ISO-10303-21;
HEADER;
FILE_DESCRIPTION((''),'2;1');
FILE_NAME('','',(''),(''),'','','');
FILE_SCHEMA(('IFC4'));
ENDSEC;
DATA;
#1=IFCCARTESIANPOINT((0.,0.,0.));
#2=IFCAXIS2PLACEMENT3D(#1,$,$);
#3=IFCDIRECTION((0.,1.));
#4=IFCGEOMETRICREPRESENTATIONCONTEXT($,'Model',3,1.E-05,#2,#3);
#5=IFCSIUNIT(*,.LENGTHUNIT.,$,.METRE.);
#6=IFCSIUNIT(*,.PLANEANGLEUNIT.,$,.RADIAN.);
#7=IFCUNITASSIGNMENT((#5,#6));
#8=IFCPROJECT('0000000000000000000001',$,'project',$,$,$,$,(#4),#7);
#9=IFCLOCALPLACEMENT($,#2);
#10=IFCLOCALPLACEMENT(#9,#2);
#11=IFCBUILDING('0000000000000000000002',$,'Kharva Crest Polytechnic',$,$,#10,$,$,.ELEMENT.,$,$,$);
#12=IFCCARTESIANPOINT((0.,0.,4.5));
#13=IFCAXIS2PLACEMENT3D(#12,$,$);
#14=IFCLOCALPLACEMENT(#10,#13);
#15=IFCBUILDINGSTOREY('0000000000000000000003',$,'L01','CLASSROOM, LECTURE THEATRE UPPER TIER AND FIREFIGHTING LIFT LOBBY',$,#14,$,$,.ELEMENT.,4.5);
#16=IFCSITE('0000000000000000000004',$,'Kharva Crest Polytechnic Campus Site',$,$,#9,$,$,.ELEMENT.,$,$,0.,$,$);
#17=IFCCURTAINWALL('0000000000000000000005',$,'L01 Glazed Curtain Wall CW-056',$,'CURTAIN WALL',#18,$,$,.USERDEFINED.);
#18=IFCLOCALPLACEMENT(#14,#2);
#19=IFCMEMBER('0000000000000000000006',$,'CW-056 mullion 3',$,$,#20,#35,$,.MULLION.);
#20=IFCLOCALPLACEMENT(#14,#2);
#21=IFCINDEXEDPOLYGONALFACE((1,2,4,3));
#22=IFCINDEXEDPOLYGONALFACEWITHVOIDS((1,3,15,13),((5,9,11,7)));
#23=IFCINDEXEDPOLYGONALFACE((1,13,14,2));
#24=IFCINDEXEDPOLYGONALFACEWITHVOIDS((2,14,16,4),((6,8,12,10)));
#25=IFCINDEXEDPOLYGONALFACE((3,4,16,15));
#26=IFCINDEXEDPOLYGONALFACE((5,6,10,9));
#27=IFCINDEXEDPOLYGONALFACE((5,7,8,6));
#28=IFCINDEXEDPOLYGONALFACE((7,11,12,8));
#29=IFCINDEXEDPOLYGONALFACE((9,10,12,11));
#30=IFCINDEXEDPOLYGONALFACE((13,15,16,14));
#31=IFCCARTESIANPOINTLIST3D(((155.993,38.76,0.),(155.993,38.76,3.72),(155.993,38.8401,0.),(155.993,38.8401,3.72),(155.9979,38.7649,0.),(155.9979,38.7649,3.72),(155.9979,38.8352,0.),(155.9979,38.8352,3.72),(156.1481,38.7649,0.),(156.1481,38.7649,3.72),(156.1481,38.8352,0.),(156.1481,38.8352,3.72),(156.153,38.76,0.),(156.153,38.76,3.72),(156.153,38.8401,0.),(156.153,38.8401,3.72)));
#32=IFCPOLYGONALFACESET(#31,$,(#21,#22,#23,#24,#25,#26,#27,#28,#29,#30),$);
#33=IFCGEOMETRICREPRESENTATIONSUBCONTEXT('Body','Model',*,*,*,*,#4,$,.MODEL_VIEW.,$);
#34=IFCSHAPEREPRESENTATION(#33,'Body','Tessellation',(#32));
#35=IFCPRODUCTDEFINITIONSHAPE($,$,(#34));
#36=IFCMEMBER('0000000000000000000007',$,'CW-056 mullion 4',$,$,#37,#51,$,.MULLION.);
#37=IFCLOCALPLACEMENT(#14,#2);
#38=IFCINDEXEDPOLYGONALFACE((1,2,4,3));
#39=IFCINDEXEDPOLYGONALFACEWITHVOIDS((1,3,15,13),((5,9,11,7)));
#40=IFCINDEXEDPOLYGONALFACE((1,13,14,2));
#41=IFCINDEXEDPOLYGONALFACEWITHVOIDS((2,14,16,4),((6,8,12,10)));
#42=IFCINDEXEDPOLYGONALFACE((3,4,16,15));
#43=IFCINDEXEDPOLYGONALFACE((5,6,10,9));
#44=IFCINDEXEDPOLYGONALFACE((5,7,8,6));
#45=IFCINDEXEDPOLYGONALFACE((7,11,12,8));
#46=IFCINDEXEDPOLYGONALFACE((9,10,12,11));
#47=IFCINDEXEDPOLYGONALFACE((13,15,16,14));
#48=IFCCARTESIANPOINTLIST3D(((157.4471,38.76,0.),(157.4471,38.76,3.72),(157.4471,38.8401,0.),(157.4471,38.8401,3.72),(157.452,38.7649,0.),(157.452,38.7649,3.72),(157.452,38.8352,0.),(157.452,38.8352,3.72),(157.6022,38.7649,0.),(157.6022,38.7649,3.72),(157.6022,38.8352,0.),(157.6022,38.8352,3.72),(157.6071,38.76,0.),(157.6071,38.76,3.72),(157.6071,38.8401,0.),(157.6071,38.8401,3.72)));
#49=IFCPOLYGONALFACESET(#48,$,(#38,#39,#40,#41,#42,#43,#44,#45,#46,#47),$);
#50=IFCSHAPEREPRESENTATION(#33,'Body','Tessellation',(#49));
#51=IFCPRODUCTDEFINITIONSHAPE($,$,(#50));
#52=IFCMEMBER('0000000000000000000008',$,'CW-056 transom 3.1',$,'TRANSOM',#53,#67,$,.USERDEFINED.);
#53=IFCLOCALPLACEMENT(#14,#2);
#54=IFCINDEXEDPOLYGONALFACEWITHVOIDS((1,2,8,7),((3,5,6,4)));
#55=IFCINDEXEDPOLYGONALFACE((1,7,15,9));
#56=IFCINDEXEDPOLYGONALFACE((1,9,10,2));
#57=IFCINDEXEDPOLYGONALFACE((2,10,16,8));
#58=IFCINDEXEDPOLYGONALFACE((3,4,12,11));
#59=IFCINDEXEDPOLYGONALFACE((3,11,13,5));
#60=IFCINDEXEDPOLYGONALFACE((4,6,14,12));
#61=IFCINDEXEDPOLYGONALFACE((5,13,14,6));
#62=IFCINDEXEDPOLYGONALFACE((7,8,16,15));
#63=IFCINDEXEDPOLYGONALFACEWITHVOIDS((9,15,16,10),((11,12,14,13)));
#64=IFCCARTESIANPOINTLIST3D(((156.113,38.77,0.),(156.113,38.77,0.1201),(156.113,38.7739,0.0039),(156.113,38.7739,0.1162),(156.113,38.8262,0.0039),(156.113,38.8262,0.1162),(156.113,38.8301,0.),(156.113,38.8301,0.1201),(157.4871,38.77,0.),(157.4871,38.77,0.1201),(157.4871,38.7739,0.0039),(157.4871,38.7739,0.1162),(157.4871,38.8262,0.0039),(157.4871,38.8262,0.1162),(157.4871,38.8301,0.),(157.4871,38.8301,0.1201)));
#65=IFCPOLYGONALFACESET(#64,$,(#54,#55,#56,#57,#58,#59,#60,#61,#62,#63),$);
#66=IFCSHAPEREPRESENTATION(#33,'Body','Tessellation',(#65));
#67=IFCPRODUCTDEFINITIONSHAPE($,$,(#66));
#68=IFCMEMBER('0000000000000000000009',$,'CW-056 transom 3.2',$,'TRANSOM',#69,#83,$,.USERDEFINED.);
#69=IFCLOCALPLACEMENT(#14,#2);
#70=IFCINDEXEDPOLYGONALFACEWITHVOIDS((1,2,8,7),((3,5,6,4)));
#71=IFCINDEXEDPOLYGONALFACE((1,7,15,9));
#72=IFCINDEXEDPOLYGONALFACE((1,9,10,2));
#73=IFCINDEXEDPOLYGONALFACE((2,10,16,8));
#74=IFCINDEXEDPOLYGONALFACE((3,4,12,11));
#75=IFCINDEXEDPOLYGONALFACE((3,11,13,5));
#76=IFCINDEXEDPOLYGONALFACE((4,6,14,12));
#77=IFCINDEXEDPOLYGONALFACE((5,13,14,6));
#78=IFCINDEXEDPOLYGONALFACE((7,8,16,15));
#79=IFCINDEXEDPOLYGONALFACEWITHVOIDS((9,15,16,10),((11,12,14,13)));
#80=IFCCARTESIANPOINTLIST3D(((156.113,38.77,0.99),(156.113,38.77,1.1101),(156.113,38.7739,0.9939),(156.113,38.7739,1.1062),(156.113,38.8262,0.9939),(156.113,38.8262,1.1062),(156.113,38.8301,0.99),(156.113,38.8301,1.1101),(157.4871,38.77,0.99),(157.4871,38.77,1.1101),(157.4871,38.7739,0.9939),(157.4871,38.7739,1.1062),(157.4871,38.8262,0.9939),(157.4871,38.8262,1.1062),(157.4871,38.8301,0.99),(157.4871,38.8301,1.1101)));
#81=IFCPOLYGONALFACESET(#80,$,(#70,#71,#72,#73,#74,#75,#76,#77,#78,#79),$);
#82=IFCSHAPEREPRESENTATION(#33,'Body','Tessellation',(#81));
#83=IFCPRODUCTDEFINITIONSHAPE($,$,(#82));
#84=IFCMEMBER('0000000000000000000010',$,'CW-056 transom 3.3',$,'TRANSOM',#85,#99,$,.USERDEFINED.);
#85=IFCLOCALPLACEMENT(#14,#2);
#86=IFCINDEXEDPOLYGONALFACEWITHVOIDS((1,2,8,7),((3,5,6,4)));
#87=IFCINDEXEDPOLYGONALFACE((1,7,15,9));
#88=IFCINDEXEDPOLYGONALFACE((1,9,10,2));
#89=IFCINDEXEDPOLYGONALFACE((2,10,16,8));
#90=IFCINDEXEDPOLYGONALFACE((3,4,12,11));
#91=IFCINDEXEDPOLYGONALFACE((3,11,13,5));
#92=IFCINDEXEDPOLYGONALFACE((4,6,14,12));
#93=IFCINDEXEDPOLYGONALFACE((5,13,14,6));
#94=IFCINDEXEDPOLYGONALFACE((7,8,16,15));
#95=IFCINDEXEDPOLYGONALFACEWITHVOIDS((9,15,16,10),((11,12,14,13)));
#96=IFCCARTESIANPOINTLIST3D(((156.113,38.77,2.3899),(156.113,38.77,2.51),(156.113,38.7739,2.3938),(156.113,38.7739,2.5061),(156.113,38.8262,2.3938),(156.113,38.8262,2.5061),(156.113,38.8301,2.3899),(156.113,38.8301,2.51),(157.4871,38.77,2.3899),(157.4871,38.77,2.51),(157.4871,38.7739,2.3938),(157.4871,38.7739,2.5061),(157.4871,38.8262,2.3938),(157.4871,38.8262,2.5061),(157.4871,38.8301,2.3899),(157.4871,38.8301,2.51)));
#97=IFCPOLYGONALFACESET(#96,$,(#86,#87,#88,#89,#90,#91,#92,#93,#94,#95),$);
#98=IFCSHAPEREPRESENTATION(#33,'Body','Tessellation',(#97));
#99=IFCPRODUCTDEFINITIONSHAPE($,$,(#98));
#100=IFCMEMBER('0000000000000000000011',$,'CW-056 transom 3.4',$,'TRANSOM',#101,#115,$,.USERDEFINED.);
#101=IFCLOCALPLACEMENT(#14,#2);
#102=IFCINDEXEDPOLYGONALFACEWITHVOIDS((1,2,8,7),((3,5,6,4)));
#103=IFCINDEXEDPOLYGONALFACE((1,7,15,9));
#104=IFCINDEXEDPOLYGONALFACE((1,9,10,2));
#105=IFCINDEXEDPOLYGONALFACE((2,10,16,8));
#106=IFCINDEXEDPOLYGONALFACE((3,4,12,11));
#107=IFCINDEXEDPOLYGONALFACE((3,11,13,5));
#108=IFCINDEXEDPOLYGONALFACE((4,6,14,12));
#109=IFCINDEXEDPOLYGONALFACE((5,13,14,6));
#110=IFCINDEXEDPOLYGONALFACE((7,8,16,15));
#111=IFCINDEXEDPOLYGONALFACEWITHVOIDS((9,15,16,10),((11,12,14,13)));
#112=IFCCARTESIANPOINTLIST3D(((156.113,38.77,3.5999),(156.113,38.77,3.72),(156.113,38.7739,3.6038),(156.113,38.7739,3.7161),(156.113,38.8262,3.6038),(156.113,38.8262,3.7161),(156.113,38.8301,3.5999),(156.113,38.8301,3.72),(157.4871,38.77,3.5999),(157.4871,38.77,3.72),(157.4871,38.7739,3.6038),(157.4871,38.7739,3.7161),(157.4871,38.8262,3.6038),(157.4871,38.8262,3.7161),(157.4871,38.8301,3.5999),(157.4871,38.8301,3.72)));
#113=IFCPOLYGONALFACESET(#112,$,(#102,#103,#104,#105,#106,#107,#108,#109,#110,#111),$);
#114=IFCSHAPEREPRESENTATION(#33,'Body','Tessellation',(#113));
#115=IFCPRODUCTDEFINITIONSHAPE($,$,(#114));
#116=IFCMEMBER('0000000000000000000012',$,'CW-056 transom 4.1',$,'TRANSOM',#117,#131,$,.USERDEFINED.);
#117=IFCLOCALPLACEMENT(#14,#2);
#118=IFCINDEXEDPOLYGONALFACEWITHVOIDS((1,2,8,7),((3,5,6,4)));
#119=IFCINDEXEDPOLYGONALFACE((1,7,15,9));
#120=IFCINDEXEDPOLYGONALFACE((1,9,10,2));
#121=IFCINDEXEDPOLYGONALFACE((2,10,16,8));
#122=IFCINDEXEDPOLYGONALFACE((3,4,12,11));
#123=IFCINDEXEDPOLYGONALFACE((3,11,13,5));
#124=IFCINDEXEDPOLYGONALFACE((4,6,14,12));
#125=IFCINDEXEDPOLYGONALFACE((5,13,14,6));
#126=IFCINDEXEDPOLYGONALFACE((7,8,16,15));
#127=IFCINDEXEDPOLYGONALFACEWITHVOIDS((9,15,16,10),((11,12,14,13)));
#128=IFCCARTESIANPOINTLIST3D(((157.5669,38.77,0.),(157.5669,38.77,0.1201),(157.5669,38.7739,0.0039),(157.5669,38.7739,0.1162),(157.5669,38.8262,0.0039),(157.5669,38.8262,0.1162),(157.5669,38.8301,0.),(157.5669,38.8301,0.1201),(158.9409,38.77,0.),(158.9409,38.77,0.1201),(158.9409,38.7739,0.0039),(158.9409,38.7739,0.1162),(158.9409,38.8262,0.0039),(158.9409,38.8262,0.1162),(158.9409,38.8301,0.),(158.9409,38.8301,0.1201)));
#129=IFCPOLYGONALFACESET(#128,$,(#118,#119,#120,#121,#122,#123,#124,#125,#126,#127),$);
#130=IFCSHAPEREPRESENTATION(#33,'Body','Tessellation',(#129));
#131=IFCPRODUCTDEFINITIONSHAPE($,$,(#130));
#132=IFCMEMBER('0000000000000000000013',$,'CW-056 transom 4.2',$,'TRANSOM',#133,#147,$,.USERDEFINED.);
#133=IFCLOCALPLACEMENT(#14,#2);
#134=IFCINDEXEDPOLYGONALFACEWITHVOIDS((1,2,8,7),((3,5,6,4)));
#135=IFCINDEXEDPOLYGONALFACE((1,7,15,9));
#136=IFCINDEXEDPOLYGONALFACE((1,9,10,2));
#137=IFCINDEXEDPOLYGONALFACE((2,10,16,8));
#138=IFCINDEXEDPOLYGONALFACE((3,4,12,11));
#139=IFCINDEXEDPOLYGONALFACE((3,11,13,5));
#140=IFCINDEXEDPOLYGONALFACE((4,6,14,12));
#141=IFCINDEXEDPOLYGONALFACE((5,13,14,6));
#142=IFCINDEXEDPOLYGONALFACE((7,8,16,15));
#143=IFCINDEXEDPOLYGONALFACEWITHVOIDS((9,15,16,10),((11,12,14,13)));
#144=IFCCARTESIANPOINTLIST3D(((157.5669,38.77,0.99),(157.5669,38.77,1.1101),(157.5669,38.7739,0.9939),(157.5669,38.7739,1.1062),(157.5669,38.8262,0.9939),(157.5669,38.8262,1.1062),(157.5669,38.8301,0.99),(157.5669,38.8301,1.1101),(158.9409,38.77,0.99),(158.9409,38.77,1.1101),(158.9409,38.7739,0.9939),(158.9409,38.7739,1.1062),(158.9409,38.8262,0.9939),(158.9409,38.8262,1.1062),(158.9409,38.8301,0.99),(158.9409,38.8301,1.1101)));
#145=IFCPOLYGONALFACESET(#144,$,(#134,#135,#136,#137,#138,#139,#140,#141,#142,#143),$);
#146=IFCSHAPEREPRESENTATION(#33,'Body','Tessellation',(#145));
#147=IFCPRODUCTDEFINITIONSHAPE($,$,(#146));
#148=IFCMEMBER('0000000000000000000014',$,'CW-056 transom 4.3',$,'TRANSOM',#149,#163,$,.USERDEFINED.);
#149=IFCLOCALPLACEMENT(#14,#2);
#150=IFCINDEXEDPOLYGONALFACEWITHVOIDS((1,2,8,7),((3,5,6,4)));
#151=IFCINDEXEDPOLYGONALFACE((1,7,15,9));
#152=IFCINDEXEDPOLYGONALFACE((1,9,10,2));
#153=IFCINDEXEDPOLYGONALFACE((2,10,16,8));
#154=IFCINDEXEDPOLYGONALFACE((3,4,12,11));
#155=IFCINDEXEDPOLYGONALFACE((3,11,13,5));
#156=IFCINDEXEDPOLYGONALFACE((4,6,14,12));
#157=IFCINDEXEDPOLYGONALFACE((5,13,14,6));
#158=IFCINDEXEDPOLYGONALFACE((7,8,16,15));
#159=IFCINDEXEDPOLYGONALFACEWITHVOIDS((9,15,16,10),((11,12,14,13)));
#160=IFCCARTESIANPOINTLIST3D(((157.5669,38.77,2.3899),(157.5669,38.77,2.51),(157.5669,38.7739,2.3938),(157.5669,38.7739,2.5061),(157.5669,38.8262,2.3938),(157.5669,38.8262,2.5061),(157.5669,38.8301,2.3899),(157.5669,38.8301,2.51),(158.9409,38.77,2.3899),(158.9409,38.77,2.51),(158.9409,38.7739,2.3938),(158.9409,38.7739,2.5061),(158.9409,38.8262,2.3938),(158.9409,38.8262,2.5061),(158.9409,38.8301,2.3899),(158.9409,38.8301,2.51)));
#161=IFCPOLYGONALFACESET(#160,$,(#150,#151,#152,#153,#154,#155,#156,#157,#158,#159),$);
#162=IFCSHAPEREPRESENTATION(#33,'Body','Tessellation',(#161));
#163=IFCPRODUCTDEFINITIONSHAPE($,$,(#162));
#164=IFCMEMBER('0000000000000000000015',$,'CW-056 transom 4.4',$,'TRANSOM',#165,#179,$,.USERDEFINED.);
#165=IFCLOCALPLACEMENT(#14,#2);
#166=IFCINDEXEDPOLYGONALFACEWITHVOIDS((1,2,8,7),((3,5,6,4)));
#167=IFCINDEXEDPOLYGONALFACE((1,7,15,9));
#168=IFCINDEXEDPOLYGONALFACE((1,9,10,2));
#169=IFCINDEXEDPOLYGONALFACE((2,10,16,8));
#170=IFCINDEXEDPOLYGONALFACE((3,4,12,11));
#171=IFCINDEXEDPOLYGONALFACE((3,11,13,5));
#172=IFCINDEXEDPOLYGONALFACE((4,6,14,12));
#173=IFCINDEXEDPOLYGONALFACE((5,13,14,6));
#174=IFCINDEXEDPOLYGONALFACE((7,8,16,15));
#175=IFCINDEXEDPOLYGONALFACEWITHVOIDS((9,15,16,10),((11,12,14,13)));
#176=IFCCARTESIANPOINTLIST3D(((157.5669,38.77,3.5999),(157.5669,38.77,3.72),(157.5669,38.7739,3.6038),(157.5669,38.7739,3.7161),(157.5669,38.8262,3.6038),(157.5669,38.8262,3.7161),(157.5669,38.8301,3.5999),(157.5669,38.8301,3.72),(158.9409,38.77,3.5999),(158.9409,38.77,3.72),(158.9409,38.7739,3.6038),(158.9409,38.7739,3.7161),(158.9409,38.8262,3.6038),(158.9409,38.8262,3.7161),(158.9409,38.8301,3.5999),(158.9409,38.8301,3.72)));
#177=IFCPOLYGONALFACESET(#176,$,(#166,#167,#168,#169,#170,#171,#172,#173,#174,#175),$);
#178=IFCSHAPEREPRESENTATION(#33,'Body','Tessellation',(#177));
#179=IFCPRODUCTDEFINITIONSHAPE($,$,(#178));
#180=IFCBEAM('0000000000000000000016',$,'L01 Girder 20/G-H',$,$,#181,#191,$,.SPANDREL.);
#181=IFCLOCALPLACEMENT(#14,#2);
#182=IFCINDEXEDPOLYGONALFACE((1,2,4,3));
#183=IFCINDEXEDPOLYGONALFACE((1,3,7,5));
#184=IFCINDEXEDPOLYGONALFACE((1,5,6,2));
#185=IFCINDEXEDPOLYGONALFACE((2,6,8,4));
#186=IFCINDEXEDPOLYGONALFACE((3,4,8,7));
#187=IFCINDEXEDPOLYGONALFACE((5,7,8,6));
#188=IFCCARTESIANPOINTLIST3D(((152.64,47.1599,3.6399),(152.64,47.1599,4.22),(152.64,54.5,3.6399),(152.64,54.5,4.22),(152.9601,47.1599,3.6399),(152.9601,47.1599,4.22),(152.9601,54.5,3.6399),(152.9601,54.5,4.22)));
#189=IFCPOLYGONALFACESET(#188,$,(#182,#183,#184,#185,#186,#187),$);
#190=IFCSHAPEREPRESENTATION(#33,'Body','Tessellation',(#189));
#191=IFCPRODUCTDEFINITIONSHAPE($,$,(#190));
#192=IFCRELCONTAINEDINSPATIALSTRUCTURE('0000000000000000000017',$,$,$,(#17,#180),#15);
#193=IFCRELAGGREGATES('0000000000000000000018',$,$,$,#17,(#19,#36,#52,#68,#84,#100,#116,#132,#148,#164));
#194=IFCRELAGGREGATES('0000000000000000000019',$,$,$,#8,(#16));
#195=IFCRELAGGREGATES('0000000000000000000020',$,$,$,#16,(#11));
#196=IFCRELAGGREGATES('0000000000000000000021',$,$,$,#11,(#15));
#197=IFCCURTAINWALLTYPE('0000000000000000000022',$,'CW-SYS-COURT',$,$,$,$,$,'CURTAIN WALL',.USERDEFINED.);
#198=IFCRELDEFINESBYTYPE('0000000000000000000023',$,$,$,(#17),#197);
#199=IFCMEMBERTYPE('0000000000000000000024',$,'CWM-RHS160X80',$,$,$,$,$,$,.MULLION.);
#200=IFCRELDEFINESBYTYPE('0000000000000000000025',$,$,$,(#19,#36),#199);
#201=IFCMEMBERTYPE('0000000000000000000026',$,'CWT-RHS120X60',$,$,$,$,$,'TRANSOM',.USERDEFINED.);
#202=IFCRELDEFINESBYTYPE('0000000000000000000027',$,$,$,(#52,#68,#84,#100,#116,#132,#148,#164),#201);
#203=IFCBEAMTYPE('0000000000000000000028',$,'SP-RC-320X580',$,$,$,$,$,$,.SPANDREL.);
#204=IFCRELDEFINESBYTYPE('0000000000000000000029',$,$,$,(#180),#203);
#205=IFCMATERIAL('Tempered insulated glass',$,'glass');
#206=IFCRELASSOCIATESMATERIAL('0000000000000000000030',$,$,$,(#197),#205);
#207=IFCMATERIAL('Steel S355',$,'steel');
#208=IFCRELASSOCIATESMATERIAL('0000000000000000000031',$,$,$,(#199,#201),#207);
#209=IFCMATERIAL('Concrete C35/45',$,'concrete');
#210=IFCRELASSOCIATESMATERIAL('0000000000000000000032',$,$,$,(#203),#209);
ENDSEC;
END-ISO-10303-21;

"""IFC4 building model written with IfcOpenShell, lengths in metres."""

from ifc_helpers import new_model, si_unit, direction, frame, origin, origin_2d, place, context, subcontext, project, spatial, rectangle, hollow_rectangle, extrude, material, material_profile, profile_set, type_object, element, aggregate, save


model = new_model("IFC4")

# Units and contexts
model_context = context("Model", 3, precision=1e-05, world=origin(), true_north=direction((0.0, 1.0)))
body_context = subcontext(model_context, "Body", "Model", "MODEL_VIEW")
ifc_project = project(units=[si_unit("LENGTHUNIT", "METRE"), si_unit("PLANEANGLEUNIT", "RADIAN")], contexts=[model_context])

# Site, building, storey
site_placement = place(None, origin())
site = spatial("IfcSite", under=ifc_project, at=site_placement, Name="Kharva Crest Polytechnic Campus Site", CompositionType="ELEMENT", RefElevation=0.0)
building_placement = place(site_placement, origin())
building = spatial("IfcBuilding", under=site, at=building_placement, Name="Kharva Crest Polytechnic", CompositionType="ELEMENT")
storey_placement = place(building_placement, frame((0.0, 0.0, 4.5)))
storey = spatial("IfcBuildingStorey", under=building, at=storey_placement, Name="L01", Description="CLASSROOM, LECTURE THEATRE UPPER TIER AND FIREFIGHTING LIFT LOBBY", CompositionType="ELEMENT", Elevation=4.5)

# Shared definitions
ifc_material_1 = material(Name="Steel S355", Category="steel")

# Shared definitions
ifc_material_2 = material(Name="Concrete C35/45", Category="concrete")

# Curtain wall, members
ifc_material_3 = material(Name="Tempered insulated glass", Category="glass")
curtain_wall_type = type_object("IfcCurtainWallType", Name="CW-SYS-COURT", ElementType="CURTAIN WALL", PredefinedType="USERDEFINED", material=ifc_material_3)
curtain_wall_placement = place(storey_placement, origin())
curtain_wall = element("IfcCurtainWall", 1, at=curtain_wall_placement, inside=storey, type_object=curtain_wall_type, Name="L01 Glazed Curtain Wall CW-056", ObjectType="CURTAIN WALL", PredefinedType="USERDEFINED")
ifc_material_profile_1 = material_profile(ifc_material_1, hollow_rectangle(XDim=0.0801, YDim=0.1599, WallThickness=0.0049, at=origin_2d()), Name="RHS 160X80X5.0")
ifc_profile_set_1 = profile_set([ifc_material_profile_1], Name="Steel S355")
member_type_1 = type_object("IfcMemberType", Name="CWM-RHS160X80", PredefinedType="MULLION", material=ifc_profile_set_1)
member_1_placement = place(storey_placement, frame((156.073, 38.8, 0.0), z_axis=(0.0, 0.0, 1.0), x_axis=(0.0, 1.0, 0.0)))
member_1 = element("IfcMember", 2, at=member_1_placement, type_object=member_type_1, Name="CW-056 mullion 3", PredefinedType="MULLION", context=body_context, shape_type="SweptSolid", body=[
    extrude(hollow_rectangle(XDim=0.0801, YDim=0.1599, WallThickness=0.0049, at=origin_2d()), origin(), (0.0, 0.0, 1.0), 3.72),
])
member_2_placement = place(storey_placement, frame((157.5271, 38.8, 0.0), z_axis=(0.0, 0.0, 1.0), x_axis=(0.0, 1.0, 0.0)))
member_2 = element("IfcMember", 3, at=member_2_placement, type_object=member_type_1, Name="CW-056 mullion 4", PredefinedType="MULLION", context=body_context, shape_type="SweptSolid", body=[
    extrude(hollow_rectangle(XDim=0.0801, YDim=0.1599, WallThickness=0.0049, at=origin_2d()), origin(), (0.0, 0.0, 1.0), 3.72),
])
ifc_material_profile_2 = material_profile(ifc_material_1, hollow_rectangle(XDim=0.0601, YDim=0.1201, WallThickness=0.0039, at=origin_2d()), Name="RHS 120X60X4.0")
ifc_profile_set_2 = profile_set([ifc_material_profile_2], Name="Steel S355")
member_type_2 = type_object("IfcMemberType", Name="CWT-RHS120X60", ElementType="TRANSOM", PredefinedType="USERDEFINED", material=ifc_profile_set_2)
member_3_placement = place(storey_placement, frame((156.113, 38.8, 0.0601), z_axis=(1.0, 0.0, 0.0), x_axis=(0.0, 1.0, 0.0)))
member_3 = element("IfcMember", 4, at=member_3_placement, type_object=member_type_2, Name="CW-056 transom 3.1", ObjectType="TRANSOM", PredefinedType="USERDEFINED", context=body_context, shape_type="SweptSolid", body=[
    extrude(hollow_rectangle(XDim=0.0601, YDim=0.1201, WallThickness=0.0039, at=origin_2d()), origin(), (0.0, 0.0, 1.0), 1.374),
])
member_4_placement = place(storey_placement, frame((156.113, 38.8, 1.05), z_axis=(1.0, 0.0, 0.0), x_axis=(0.0, 1.0, 0.0)))
member_4 = element("IfcMember", 5, at=member_4_placement, type_object=member_type_2, Name="CW-056 transom 3.2", ObjectType="TRANSOM", PredefinedType="USERDEFINED", context=body_context, shape_type="SweptSolid", body=[
    extrude(hollow_rectangle(XDim=0.0601, YDim=0.1201, WallThickness=0.0039, at=origin_2d()), origin(), (0.0, 0.0, 1.0), 1.374),
])
member_5_placement = place(storey_placement, frame((156.113, 38.8, 2.45), z_axis=(1.0, 0.0, 0.0), x_axis=(0.0, 1.0, 0.0)))
member_5 = element("IfcMember", 6, at=member_5_placement, type_object=member_type_2, Name="CW-056 transom 3.3", ObjectType="TRANSOM", PredefinedType="USERDEFINED", context=body_context, shape_type="SweptSolid", body=[
    extrude(hollow_rectangle(XDim=0.0601, YDim=0.1201, WallThickness=0.0039, at=origin_2d()), origin(), (0.0, 0.0, 1.0), 1.374),
])
member_6_placement = place(storey_placement, frame((156.113, 38.8, 3.6599), z_axis=(1.0, 0.0, 0.0), x_axis=(0.0, 1.0, 0.0)))
member_6 = element("IfcMember", 7, at=member_6_placement, type_object=member_type_2, Name="CW-056 transom 3.4", ObjectType="TRANSOM", PredefinedType="USERDEFINED", context=body_context, shape_type="SweptSolid", body=[
    extrude(hollow_rectangle(XDim=0.0601, YDim=0.1201, WallThickness=0.0039, at=origin_2d()), origin(), (0.0, 0.0, 1.0), 1.374),
])
member_7_placement = place(storey_placement, frame((157.5669, 38.8, 0.0601), z_axis=(1.0, 0.0, 0.0), x_axis=(0.0, 1.0, 0.0)))
member_7 = element("IfcMember", 8, at=member_7_placement, type_object=member_type_2, Name="CW-056 transom 4.1", ObjectType="TRANSOM", PredefinedType="USERDEFINED", context=body_context, shape_type="SweptSolid", body=[
    extrude(hollow_rectangle(XDim=0.0601, YDim=0.1201, WallThickness=0.0039, at=origin_2d()), origin(), (0.0, 0.0, 1.0), 1.374),
])
member_8_placement = place(storey_placement, frame((157.5669, 38.8, 1.05), z_axis=(1.0, 0.0, 0.0), x_axis=(0.0, 1.0, 0.0)))
member_8 = element("IfcMember", 9, at=member_8_placement, type_object=member_type_2, Name="CW-056 transom 4.2", ObjectType="TRANSOM", PredefinedType="USERDEFINED", context=body_context, shape_type="SweptSolid", body=[
    extrude(hollow_rectangle(XDim=0.0601, YDim=0.1201, WallThickness=0.0039, at=origin_2d()), origin(), (0.0, 0.0, 1.0), 1.374),
])
member_9_placement = place(storey_placement, frame((157.5669, 38.8, 2.45), z_axis=(1.0, 0.0, 0.0), x_axis=(0.0, 1.0, 0.0)))
member_9 = element("IfcMember", 10, at=member_9_placement, type_object=member_type_2, Name="CW-056 transom 4.3", ObjectType="TRANSOM", PredefinedType="USERDEFINED", context=body_context, shape_type="SweptSolid", body=[
    extrude(hollow_rectangle(XDim=0.0601, YDim=0.1201, WallThickness=0.0039, at=origin_2d()), origin(), (0.0, 0.0, 1.0), 1.374),
])
member_10_placement = place(storey_placement, frame((157.5669, 38.8, 3.6599), z_axis=(1.0, 0.0, 0.0), x_axis=(0.0, 1.0, 0.0)))
member_10 = element("IfcMember", 11, at=member_10_placement, type_object=member_type_2, Name="CW-056 transom 4.4", ObjectType="TRANSOM", PredefinedType="USERDEFINED", context=body_context, shape_type="SweptSolid", body=[
    extrude(hollow_rectangle(XDim=0.0601, YDim=0.1201, WallThickness=0.0039, at=origin_2d()), origin(), (0.0, 0.0, 1.0), 1.374),
])

# Beam
ifc_material_profile_3 = material_profile(ifc_material_2, rectangle(XDim=0.3201, YDim=0.5801, at=origin_2d()), Name="RECT 320 X 580")
ifc_profile_set_3 = profile_set([ifc_material_profile_3], Name="Concrete C35/45")
beam_type_1 = type_object("IfcBeamType", Name="SP-RC-320X580", PredefinedType="SPANDREL", material=ifc_profile_set_3)
beam_1_placement = place(storey_placement, frame((152.8, 47.1599, 3.9299), z_axis=(0.0, 1.0, 0.0), x_axis=(-1.0, 0.0, 0.0)))
element("IfcBeam", 12, at=beam_1_placement, inside=storey, type_object=beam_type_1, Name="L01 Girder 20/G-H", PredefinedType="SPANDREL", context=body_context, shape_type="SweptSolid", body=[
    extrude(rectangle(XDim=0.3201, YDim=0.5801, at=origin_2d()), origin(), (0.0, 0.0, 1.0), 7.3401),
])

aggregate(curtain_wall, [member_1, member_2, member_3, member_4, member_5, member_6, member_7, member_8, member_9, member_10])

save(model, "model.ifc")
